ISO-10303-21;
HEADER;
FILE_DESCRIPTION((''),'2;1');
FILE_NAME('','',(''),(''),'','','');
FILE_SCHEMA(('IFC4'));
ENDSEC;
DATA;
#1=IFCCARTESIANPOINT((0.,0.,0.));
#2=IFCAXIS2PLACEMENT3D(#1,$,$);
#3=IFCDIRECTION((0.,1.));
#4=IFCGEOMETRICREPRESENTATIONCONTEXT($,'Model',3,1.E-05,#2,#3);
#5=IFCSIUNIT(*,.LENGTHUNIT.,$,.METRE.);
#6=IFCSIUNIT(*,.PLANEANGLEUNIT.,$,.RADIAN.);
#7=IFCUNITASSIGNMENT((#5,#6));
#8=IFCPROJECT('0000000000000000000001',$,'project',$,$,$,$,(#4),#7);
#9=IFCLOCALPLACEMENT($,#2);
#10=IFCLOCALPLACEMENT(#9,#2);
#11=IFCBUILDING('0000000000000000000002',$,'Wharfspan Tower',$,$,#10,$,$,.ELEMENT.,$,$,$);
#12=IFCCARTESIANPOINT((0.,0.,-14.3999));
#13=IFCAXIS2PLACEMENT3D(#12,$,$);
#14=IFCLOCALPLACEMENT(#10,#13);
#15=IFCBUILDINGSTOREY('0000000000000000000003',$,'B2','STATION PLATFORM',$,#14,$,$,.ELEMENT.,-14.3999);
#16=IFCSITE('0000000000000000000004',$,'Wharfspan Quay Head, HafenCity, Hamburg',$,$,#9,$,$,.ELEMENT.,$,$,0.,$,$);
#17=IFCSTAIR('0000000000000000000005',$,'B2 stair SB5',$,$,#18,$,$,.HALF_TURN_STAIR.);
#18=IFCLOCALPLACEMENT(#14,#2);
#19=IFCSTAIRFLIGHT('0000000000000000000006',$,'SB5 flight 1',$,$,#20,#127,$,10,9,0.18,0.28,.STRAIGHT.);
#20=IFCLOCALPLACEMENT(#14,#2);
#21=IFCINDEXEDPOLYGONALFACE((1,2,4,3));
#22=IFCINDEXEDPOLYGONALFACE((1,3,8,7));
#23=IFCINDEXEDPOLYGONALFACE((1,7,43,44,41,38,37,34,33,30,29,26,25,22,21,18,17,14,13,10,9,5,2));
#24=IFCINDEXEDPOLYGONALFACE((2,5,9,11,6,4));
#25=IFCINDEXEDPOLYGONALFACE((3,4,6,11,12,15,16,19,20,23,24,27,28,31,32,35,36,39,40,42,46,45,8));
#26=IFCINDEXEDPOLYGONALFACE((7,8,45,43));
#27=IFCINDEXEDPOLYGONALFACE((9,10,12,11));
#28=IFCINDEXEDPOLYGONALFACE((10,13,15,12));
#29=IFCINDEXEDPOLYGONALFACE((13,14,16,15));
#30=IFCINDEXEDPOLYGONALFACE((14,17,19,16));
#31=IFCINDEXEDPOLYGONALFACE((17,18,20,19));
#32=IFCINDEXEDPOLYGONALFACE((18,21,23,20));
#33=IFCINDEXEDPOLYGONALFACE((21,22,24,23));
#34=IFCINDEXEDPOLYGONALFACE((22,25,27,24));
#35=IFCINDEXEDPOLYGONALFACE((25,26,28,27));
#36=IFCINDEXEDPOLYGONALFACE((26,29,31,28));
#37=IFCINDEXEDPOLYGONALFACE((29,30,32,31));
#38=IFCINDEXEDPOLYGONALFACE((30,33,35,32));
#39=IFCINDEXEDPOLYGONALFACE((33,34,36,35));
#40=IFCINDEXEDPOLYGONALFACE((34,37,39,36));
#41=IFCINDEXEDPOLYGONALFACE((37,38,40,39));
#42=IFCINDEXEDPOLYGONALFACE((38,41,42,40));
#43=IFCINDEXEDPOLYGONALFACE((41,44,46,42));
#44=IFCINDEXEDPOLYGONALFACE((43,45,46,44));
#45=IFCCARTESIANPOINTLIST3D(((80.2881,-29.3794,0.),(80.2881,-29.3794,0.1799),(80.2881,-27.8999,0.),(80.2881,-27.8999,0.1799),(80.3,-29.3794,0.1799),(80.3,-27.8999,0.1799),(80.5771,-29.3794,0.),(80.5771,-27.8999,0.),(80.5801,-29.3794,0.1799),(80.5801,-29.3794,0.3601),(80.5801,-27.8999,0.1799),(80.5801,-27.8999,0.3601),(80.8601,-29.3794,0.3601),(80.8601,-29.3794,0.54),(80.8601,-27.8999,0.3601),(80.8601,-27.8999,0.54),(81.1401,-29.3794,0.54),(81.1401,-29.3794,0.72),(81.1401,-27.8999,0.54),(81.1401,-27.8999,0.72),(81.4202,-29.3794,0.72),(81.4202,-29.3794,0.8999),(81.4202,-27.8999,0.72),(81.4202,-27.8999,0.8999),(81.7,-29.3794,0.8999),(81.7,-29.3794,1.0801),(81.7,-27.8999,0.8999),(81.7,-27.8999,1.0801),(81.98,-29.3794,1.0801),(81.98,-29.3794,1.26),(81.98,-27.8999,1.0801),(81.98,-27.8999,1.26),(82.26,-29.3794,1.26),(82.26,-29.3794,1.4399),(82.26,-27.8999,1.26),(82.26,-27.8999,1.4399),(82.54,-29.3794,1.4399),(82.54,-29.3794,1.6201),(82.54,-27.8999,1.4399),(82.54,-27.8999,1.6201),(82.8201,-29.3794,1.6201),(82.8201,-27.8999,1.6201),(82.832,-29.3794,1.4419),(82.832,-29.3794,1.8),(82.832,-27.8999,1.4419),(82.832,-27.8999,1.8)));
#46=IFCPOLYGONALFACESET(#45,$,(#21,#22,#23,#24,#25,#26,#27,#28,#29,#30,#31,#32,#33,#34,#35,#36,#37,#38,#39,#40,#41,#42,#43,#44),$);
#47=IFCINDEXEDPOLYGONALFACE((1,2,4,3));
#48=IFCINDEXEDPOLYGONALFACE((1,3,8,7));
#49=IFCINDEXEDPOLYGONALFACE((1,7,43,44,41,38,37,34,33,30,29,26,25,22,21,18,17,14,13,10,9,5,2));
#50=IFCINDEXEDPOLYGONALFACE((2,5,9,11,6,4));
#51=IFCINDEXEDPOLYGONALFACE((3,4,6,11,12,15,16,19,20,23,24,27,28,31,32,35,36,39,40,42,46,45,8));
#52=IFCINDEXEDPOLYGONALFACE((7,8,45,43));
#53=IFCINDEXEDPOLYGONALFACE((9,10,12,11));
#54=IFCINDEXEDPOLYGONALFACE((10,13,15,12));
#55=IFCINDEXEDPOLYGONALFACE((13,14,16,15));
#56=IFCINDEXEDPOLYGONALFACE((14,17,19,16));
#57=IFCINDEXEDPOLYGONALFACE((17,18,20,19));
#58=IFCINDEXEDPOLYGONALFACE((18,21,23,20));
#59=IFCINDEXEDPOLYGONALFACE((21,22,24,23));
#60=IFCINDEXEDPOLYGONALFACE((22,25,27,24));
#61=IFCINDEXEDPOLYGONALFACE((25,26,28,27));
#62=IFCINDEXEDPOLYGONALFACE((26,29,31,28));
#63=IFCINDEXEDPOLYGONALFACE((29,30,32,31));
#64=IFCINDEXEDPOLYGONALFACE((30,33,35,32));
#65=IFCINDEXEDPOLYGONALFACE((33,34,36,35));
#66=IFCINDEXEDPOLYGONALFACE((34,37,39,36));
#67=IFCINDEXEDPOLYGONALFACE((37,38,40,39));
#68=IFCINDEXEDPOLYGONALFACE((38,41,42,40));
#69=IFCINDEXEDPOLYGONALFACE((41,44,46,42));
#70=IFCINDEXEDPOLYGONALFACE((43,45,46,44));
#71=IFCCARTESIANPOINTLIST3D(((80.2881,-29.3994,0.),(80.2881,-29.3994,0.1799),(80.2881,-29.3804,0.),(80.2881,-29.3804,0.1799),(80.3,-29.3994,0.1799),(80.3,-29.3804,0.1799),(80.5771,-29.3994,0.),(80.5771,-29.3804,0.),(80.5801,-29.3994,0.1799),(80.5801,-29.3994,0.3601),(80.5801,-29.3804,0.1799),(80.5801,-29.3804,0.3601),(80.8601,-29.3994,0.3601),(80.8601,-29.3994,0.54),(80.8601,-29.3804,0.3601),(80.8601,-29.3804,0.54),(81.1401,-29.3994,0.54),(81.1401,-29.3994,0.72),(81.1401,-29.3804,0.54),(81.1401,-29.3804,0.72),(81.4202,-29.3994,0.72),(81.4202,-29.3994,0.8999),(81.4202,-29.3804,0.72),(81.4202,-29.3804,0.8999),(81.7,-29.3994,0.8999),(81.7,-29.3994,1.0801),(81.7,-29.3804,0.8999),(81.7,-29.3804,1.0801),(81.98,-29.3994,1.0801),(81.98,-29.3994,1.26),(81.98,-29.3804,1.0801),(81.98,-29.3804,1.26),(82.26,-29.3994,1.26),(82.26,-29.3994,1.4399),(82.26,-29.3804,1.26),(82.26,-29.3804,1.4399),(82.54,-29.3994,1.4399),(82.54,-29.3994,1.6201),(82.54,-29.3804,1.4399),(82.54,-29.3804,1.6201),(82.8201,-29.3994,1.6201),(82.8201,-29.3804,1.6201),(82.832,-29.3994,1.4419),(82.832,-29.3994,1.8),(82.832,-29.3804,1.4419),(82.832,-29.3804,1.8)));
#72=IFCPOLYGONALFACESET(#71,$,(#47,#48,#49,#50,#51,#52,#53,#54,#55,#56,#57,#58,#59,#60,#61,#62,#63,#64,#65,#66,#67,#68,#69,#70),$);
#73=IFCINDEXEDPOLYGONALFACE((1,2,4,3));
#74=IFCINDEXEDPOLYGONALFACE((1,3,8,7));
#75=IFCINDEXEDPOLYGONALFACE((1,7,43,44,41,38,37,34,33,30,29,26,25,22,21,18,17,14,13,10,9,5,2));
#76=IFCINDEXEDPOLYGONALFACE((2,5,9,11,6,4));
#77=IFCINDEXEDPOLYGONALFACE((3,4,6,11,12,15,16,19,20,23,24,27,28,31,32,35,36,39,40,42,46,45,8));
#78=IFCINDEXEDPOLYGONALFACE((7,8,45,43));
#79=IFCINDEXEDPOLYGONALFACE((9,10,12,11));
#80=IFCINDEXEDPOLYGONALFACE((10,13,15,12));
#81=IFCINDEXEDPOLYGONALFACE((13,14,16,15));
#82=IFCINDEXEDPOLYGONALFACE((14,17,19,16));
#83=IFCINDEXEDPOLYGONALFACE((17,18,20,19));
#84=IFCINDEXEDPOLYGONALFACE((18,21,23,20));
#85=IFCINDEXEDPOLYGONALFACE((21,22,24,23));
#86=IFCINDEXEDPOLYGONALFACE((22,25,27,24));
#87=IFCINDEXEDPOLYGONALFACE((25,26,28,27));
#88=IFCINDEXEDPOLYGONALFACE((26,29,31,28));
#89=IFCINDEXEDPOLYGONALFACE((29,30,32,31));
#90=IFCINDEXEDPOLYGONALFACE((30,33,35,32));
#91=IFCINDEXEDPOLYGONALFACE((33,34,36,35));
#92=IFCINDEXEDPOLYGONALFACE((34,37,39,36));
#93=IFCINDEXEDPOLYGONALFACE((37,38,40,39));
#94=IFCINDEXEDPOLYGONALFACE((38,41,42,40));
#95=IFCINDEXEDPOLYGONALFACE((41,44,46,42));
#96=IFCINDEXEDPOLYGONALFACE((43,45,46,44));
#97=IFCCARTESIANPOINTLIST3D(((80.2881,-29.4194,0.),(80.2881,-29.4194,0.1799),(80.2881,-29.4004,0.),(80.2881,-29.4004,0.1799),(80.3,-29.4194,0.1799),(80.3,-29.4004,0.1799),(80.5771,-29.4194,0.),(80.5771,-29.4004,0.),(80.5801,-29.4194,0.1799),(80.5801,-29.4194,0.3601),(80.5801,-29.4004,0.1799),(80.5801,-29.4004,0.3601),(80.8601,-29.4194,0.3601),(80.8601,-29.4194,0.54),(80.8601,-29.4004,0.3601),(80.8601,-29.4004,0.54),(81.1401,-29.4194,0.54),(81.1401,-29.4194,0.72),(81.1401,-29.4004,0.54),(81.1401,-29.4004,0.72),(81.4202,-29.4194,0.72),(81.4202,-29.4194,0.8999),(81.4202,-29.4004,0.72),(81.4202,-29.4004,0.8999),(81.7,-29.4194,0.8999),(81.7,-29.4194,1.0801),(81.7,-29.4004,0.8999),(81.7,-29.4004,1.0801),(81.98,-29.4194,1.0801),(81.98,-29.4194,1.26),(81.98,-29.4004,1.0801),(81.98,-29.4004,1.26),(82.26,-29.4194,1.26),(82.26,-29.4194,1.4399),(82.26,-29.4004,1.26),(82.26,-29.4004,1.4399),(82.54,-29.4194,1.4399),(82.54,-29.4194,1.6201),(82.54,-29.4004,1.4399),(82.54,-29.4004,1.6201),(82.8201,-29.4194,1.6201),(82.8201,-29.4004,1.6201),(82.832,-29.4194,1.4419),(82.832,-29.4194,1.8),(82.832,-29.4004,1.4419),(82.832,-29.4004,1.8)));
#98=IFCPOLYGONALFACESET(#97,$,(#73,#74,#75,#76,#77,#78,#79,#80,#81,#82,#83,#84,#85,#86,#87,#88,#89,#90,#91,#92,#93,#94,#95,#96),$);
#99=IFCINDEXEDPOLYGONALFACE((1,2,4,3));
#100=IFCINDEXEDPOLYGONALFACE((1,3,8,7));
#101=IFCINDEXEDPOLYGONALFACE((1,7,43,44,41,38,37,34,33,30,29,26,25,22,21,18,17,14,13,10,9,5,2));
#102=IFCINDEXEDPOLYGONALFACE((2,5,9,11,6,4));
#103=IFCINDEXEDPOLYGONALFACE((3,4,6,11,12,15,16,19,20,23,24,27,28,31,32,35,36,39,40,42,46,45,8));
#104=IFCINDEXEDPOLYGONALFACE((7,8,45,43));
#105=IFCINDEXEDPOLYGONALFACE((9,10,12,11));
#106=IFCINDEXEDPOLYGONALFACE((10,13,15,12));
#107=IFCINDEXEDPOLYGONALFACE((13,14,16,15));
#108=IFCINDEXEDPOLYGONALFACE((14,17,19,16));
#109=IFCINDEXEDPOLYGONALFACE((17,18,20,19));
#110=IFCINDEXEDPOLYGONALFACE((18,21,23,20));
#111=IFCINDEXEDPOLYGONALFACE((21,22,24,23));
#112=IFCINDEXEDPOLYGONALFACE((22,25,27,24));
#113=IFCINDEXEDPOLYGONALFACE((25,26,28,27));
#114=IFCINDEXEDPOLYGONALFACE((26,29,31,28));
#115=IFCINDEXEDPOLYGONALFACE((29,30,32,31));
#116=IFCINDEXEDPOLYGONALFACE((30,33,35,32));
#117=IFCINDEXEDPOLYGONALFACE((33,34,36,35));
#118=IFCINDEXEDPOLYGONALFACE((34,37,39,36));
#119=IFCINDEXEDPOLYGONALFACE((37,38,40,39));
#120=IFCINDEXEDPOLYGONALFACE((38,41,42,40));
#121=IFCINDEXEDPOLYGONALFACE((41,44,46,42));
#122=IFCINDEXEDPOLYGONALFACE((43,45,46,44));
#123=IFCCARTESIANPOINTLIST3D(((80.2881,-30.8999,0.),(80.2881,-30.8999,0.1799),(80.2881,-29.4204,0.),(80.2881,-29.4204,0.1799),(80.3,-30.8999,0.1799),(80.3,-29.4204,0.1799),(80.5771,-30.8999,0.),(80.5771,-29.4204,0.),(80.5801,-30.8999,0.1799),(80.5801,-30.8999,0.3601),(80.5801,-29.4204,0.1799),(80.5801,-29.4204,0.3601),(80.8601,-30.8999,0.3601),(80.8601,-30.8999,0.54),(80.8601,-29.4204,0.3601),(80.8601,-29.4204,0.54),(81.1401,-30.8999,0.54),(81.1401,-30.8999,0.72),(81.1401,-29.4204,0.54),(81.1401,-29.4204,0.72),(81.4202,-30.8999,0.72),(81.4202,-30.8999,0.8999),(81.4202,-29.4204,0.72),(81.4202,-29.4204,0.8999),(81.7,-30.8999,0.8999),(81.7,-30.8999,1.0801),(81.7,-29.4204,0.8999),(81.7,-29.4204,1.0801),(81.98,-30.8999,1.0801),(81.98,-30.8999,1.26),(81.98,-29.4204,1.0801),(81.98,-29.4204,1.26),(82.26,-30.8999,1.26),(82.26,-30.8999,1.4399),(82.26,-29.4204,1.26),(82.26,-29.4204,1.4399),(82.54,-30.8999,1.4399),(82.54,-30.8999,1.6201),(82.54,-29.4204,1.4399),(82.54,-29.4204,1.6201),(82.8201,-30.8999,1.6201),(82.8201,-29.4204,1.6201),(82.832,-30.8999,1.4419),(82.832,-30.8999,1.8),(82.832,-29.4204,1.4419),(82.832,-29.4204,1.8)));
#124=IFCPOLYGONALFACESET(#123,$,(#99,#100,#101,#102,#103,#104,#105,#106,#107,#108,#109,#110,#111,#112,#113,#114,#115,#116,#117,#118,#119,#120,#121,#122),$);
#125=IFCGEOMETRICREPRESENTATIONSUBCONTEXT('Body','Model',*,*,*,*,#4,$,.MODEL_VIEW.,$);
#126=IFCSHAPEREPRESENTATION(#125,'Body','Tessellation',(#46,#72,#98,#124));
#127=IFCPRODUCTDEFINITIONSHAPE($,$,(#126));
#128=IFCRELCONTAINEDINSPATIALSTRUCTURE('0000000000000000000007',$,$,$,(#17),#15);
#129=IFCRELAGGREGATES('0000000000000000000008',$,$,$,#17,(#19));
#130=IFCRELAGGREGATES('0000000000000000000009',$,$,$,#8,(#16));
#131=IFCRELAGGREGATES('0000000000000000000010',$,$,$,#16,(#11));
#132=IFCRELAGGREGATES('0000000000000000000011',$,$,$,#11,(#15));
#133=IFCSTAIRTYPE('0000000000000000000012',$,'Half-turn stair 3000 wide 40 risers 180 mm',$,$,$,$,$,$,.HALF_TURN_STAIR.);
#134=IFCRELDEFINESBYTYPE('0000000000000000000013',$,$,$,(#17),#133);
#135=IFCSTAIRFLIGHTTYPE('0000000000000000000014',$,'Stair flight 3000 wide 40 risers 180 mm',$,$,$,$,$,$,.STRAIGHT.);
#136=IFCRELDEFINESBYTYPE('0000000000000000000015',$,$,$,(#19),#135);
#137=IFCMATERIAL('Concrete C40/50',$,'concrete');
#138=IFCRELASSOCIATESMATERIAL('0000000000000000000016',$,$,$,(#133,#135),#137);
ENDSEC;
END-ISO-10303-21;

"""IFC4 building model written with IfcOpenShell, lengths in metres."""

from ifc_helpers import new_model, si_unit, direction, frame, origin, place, context, subcontext, project, spatial, polyline, outline, extrude, material, type_object, element, aggregate, save


model = new_model("IFC4")

# Units and contexts
model_context = context("Model", 3, precision=1e-05, world=origin(), true_north=direction((0.0, 1.0)))
body_context = subcontext(model_context, "Body", "Model", "MODEL_VIEW")
ifc_project = project(units=[si_unit("LENGTHUNIT", "METRE"), si_unit("PLANEANGLEUNIT", "RADIAN")], contexts=[model_context])

# Site, building, storey
site_placement = place(None, origin())
site = spatial("IfcSite", under=ifc_project, at=site_placement, Name="Wharfspan Quay Head, HafenCity, Hamburg", CompositionType="ELEMENT", RefElevation=0.0)
building_placement = place(site_placement, origin())
building = spatial("IfcBuilding", under=site, at=building_placement, Name="Wharfspan Tower", CompositionType="ELEMENT")
storey_placement = place(building_placement, frame((0.0, 0.0, -14.3999)))
storey = spatial("IfcBuildingStorey", under=building, at=storey_placement, Name="B2", Description="STATION PLATFORM", CompositionType="ELEMENT", Elevation=-14.3999)

# Shared definitions
ifc_material_1 = material(Name="Concrete C40/50", Category="concrete")

# Stair, stair flight
stair_type = type_object("IfcStairType", Name="Half-turn stair 3000 wide 40 risers 180 mm", PredefinedType="HALF_TURN_STAIR", material=ifc_material_1)
stair_flight_type = type_object("IfcStairFlightType", Name="Stair flight 3000 wide 40 risers 180 mm", PredefinedType="STRAIGHT", material=ifc_material_1)
stair_1_placement = place(storey_placement, origin())
stair_1 = element("IfcStair", 1, at=stair_1_placement, inside=storey, type_object=stair_type, Name="B2 stair SB5", PredefinedType="HALF_TURN_STAIR")
stair_flight_1_placement = place(storey_placement, frame((80.3, -29.3999, 0.0), z_axis=(0.0, 0.0, 1.0), x_axis=(1.0, 0.0, 0.0)))
stair_flight_1 = element("IfcStairFlight", 2, at=stair_flight_1_placement, type_object=stair_flight_type, Name="SB5 flight 1", NumberOfRisers=10, NumberOfTreads=9, PredefinedType="STRAIGHT", RiserHeight=0.18, TreadLength=0.28, context=body_context, shape_type="SweptSolid", body=[
    extrude(outline(polyline([(-0.012, 0.0), (-0.012, 0.1799), (0.0, 0.1799), (0.28, 0.1799), (0.28, 0.3601), (0.5601, 0.3601), (0.5601, 0.54), (0.8401, 0.54), (0.8401, 0.72), (1.1201, 0.72), (1.1201, 0.8999), (1.3999, 0.8999), (1.3999, 1.0801), (1.6799, 1.0801), (1.6799, 1.26), (1.96, 1.26), (1.96, 1.4399), (2.24, 1.4399), (2.24, 1.6201), (2.52, 1.6201), (2.532, 1.8), (2.532, 1.4419), (0.2771, 0.0), (-0.012, 0.0)])), frame((0.0, 1.5, 0.0), z_axis=(0.0, -1.0, 0.0), x_axis=(1.0, 0.0, 0.0)), (0.0, 0.0, 1.0), 1.4795),
    extrude(outline(polyline([(-0.012, 0.0), (-0.012, 0.1799), (0.0, 0.1799), (0.28, 0.1799), (0.28, 0.3601), (0.5601, 0.3601), (0.5601, 0.54), (0.8401, 0.54), (0.8401, 0.72), (1.1201, 0.72), (1.1201, 0.8999), (1.3999, 0.8999), (1.3999, 1.0801), (1.6799, 1.0801), (1.6799, 1.26), (1.96, 1.26), (1.96, 1.4399), (2.24, 1.4399), (2.24, 1.6201), (2.52, 1.6201), (2.532, 1.8), (2.532, 1.4419), (0.2771, 0.0), (-0.012, 0.0)])), frame((0.0, 0.0195, 0.0), z_axis=(0.0, -1.0, 0.0), x_axis=(1.0, 0.0, 0.0)), (0.0, 0.0, 1.0), 0.019),
    extrude(outline(polyline([(-0.012, 0.0), (-0.012, 0.1799), (0.0, 0.1799), (0.28, 0.1799), (0.28, 0.3601), (0.5601, 0.3601), (0.5601, 0.54), (0.8401, 0.54), (0.8401, 0.72), (1.1201, 0.72), (1.1201, 0.8999), (1.3999, 0.8999), (1.3999, 1.0801), (1.6799, 1.0801), (1.6799, 1.26), (1.96, 1.26), (1.96, 1.4399), (2.24, 1.4399), (2.24, 1.6201), (2.52, 1.6201), (2.532, 1.8), (2.532, 1.4419), (0.2771, 0.0), (-0.012, 0.0)])), frame((0.0, -0.0005, 0.0), z_axis=(0.0, -1.0, 0.0), x_axis=(1.0, 0.0, 0.0)), (0.0, 0.0, 1.0), 0.019),
    extrude(outline(polyline([(-0.012, 0.0), (-0.012, 0.1799), (0.0, 0.1799), (0.28, 0.1799), (0.28, 0.3601), (0.5601, 0.3601), (0.5601, 0.54), (0.8401, 0.54), (0.8401, 0.72), (1.1201, 0.72), (1.1201, 0.8999), (1.3999, 0.8999), (1.3999, 1.0801), (1.6799, 1.0801), (1.6799, 1.26), (1.96, 1.26), (1.96, 1.4399), (2.24, 1.4399), (2.24, 1.6201), (2.52, 1.6201), (2.532, 1.8), (2.532, 1.4419), (0.2771, 0.0), (-0.012, 0.0)])), frame((0.0, -0.0205, 0.0), z_axis=(0.0, -1.0, 0.0), x_axis=(1.0, 0.0, 0.0)), (0.0, 0.0, 1.0), 1.4795),
])
aggregate(stair_1, [stair_flight_1])

save(model, "model.ifc")
